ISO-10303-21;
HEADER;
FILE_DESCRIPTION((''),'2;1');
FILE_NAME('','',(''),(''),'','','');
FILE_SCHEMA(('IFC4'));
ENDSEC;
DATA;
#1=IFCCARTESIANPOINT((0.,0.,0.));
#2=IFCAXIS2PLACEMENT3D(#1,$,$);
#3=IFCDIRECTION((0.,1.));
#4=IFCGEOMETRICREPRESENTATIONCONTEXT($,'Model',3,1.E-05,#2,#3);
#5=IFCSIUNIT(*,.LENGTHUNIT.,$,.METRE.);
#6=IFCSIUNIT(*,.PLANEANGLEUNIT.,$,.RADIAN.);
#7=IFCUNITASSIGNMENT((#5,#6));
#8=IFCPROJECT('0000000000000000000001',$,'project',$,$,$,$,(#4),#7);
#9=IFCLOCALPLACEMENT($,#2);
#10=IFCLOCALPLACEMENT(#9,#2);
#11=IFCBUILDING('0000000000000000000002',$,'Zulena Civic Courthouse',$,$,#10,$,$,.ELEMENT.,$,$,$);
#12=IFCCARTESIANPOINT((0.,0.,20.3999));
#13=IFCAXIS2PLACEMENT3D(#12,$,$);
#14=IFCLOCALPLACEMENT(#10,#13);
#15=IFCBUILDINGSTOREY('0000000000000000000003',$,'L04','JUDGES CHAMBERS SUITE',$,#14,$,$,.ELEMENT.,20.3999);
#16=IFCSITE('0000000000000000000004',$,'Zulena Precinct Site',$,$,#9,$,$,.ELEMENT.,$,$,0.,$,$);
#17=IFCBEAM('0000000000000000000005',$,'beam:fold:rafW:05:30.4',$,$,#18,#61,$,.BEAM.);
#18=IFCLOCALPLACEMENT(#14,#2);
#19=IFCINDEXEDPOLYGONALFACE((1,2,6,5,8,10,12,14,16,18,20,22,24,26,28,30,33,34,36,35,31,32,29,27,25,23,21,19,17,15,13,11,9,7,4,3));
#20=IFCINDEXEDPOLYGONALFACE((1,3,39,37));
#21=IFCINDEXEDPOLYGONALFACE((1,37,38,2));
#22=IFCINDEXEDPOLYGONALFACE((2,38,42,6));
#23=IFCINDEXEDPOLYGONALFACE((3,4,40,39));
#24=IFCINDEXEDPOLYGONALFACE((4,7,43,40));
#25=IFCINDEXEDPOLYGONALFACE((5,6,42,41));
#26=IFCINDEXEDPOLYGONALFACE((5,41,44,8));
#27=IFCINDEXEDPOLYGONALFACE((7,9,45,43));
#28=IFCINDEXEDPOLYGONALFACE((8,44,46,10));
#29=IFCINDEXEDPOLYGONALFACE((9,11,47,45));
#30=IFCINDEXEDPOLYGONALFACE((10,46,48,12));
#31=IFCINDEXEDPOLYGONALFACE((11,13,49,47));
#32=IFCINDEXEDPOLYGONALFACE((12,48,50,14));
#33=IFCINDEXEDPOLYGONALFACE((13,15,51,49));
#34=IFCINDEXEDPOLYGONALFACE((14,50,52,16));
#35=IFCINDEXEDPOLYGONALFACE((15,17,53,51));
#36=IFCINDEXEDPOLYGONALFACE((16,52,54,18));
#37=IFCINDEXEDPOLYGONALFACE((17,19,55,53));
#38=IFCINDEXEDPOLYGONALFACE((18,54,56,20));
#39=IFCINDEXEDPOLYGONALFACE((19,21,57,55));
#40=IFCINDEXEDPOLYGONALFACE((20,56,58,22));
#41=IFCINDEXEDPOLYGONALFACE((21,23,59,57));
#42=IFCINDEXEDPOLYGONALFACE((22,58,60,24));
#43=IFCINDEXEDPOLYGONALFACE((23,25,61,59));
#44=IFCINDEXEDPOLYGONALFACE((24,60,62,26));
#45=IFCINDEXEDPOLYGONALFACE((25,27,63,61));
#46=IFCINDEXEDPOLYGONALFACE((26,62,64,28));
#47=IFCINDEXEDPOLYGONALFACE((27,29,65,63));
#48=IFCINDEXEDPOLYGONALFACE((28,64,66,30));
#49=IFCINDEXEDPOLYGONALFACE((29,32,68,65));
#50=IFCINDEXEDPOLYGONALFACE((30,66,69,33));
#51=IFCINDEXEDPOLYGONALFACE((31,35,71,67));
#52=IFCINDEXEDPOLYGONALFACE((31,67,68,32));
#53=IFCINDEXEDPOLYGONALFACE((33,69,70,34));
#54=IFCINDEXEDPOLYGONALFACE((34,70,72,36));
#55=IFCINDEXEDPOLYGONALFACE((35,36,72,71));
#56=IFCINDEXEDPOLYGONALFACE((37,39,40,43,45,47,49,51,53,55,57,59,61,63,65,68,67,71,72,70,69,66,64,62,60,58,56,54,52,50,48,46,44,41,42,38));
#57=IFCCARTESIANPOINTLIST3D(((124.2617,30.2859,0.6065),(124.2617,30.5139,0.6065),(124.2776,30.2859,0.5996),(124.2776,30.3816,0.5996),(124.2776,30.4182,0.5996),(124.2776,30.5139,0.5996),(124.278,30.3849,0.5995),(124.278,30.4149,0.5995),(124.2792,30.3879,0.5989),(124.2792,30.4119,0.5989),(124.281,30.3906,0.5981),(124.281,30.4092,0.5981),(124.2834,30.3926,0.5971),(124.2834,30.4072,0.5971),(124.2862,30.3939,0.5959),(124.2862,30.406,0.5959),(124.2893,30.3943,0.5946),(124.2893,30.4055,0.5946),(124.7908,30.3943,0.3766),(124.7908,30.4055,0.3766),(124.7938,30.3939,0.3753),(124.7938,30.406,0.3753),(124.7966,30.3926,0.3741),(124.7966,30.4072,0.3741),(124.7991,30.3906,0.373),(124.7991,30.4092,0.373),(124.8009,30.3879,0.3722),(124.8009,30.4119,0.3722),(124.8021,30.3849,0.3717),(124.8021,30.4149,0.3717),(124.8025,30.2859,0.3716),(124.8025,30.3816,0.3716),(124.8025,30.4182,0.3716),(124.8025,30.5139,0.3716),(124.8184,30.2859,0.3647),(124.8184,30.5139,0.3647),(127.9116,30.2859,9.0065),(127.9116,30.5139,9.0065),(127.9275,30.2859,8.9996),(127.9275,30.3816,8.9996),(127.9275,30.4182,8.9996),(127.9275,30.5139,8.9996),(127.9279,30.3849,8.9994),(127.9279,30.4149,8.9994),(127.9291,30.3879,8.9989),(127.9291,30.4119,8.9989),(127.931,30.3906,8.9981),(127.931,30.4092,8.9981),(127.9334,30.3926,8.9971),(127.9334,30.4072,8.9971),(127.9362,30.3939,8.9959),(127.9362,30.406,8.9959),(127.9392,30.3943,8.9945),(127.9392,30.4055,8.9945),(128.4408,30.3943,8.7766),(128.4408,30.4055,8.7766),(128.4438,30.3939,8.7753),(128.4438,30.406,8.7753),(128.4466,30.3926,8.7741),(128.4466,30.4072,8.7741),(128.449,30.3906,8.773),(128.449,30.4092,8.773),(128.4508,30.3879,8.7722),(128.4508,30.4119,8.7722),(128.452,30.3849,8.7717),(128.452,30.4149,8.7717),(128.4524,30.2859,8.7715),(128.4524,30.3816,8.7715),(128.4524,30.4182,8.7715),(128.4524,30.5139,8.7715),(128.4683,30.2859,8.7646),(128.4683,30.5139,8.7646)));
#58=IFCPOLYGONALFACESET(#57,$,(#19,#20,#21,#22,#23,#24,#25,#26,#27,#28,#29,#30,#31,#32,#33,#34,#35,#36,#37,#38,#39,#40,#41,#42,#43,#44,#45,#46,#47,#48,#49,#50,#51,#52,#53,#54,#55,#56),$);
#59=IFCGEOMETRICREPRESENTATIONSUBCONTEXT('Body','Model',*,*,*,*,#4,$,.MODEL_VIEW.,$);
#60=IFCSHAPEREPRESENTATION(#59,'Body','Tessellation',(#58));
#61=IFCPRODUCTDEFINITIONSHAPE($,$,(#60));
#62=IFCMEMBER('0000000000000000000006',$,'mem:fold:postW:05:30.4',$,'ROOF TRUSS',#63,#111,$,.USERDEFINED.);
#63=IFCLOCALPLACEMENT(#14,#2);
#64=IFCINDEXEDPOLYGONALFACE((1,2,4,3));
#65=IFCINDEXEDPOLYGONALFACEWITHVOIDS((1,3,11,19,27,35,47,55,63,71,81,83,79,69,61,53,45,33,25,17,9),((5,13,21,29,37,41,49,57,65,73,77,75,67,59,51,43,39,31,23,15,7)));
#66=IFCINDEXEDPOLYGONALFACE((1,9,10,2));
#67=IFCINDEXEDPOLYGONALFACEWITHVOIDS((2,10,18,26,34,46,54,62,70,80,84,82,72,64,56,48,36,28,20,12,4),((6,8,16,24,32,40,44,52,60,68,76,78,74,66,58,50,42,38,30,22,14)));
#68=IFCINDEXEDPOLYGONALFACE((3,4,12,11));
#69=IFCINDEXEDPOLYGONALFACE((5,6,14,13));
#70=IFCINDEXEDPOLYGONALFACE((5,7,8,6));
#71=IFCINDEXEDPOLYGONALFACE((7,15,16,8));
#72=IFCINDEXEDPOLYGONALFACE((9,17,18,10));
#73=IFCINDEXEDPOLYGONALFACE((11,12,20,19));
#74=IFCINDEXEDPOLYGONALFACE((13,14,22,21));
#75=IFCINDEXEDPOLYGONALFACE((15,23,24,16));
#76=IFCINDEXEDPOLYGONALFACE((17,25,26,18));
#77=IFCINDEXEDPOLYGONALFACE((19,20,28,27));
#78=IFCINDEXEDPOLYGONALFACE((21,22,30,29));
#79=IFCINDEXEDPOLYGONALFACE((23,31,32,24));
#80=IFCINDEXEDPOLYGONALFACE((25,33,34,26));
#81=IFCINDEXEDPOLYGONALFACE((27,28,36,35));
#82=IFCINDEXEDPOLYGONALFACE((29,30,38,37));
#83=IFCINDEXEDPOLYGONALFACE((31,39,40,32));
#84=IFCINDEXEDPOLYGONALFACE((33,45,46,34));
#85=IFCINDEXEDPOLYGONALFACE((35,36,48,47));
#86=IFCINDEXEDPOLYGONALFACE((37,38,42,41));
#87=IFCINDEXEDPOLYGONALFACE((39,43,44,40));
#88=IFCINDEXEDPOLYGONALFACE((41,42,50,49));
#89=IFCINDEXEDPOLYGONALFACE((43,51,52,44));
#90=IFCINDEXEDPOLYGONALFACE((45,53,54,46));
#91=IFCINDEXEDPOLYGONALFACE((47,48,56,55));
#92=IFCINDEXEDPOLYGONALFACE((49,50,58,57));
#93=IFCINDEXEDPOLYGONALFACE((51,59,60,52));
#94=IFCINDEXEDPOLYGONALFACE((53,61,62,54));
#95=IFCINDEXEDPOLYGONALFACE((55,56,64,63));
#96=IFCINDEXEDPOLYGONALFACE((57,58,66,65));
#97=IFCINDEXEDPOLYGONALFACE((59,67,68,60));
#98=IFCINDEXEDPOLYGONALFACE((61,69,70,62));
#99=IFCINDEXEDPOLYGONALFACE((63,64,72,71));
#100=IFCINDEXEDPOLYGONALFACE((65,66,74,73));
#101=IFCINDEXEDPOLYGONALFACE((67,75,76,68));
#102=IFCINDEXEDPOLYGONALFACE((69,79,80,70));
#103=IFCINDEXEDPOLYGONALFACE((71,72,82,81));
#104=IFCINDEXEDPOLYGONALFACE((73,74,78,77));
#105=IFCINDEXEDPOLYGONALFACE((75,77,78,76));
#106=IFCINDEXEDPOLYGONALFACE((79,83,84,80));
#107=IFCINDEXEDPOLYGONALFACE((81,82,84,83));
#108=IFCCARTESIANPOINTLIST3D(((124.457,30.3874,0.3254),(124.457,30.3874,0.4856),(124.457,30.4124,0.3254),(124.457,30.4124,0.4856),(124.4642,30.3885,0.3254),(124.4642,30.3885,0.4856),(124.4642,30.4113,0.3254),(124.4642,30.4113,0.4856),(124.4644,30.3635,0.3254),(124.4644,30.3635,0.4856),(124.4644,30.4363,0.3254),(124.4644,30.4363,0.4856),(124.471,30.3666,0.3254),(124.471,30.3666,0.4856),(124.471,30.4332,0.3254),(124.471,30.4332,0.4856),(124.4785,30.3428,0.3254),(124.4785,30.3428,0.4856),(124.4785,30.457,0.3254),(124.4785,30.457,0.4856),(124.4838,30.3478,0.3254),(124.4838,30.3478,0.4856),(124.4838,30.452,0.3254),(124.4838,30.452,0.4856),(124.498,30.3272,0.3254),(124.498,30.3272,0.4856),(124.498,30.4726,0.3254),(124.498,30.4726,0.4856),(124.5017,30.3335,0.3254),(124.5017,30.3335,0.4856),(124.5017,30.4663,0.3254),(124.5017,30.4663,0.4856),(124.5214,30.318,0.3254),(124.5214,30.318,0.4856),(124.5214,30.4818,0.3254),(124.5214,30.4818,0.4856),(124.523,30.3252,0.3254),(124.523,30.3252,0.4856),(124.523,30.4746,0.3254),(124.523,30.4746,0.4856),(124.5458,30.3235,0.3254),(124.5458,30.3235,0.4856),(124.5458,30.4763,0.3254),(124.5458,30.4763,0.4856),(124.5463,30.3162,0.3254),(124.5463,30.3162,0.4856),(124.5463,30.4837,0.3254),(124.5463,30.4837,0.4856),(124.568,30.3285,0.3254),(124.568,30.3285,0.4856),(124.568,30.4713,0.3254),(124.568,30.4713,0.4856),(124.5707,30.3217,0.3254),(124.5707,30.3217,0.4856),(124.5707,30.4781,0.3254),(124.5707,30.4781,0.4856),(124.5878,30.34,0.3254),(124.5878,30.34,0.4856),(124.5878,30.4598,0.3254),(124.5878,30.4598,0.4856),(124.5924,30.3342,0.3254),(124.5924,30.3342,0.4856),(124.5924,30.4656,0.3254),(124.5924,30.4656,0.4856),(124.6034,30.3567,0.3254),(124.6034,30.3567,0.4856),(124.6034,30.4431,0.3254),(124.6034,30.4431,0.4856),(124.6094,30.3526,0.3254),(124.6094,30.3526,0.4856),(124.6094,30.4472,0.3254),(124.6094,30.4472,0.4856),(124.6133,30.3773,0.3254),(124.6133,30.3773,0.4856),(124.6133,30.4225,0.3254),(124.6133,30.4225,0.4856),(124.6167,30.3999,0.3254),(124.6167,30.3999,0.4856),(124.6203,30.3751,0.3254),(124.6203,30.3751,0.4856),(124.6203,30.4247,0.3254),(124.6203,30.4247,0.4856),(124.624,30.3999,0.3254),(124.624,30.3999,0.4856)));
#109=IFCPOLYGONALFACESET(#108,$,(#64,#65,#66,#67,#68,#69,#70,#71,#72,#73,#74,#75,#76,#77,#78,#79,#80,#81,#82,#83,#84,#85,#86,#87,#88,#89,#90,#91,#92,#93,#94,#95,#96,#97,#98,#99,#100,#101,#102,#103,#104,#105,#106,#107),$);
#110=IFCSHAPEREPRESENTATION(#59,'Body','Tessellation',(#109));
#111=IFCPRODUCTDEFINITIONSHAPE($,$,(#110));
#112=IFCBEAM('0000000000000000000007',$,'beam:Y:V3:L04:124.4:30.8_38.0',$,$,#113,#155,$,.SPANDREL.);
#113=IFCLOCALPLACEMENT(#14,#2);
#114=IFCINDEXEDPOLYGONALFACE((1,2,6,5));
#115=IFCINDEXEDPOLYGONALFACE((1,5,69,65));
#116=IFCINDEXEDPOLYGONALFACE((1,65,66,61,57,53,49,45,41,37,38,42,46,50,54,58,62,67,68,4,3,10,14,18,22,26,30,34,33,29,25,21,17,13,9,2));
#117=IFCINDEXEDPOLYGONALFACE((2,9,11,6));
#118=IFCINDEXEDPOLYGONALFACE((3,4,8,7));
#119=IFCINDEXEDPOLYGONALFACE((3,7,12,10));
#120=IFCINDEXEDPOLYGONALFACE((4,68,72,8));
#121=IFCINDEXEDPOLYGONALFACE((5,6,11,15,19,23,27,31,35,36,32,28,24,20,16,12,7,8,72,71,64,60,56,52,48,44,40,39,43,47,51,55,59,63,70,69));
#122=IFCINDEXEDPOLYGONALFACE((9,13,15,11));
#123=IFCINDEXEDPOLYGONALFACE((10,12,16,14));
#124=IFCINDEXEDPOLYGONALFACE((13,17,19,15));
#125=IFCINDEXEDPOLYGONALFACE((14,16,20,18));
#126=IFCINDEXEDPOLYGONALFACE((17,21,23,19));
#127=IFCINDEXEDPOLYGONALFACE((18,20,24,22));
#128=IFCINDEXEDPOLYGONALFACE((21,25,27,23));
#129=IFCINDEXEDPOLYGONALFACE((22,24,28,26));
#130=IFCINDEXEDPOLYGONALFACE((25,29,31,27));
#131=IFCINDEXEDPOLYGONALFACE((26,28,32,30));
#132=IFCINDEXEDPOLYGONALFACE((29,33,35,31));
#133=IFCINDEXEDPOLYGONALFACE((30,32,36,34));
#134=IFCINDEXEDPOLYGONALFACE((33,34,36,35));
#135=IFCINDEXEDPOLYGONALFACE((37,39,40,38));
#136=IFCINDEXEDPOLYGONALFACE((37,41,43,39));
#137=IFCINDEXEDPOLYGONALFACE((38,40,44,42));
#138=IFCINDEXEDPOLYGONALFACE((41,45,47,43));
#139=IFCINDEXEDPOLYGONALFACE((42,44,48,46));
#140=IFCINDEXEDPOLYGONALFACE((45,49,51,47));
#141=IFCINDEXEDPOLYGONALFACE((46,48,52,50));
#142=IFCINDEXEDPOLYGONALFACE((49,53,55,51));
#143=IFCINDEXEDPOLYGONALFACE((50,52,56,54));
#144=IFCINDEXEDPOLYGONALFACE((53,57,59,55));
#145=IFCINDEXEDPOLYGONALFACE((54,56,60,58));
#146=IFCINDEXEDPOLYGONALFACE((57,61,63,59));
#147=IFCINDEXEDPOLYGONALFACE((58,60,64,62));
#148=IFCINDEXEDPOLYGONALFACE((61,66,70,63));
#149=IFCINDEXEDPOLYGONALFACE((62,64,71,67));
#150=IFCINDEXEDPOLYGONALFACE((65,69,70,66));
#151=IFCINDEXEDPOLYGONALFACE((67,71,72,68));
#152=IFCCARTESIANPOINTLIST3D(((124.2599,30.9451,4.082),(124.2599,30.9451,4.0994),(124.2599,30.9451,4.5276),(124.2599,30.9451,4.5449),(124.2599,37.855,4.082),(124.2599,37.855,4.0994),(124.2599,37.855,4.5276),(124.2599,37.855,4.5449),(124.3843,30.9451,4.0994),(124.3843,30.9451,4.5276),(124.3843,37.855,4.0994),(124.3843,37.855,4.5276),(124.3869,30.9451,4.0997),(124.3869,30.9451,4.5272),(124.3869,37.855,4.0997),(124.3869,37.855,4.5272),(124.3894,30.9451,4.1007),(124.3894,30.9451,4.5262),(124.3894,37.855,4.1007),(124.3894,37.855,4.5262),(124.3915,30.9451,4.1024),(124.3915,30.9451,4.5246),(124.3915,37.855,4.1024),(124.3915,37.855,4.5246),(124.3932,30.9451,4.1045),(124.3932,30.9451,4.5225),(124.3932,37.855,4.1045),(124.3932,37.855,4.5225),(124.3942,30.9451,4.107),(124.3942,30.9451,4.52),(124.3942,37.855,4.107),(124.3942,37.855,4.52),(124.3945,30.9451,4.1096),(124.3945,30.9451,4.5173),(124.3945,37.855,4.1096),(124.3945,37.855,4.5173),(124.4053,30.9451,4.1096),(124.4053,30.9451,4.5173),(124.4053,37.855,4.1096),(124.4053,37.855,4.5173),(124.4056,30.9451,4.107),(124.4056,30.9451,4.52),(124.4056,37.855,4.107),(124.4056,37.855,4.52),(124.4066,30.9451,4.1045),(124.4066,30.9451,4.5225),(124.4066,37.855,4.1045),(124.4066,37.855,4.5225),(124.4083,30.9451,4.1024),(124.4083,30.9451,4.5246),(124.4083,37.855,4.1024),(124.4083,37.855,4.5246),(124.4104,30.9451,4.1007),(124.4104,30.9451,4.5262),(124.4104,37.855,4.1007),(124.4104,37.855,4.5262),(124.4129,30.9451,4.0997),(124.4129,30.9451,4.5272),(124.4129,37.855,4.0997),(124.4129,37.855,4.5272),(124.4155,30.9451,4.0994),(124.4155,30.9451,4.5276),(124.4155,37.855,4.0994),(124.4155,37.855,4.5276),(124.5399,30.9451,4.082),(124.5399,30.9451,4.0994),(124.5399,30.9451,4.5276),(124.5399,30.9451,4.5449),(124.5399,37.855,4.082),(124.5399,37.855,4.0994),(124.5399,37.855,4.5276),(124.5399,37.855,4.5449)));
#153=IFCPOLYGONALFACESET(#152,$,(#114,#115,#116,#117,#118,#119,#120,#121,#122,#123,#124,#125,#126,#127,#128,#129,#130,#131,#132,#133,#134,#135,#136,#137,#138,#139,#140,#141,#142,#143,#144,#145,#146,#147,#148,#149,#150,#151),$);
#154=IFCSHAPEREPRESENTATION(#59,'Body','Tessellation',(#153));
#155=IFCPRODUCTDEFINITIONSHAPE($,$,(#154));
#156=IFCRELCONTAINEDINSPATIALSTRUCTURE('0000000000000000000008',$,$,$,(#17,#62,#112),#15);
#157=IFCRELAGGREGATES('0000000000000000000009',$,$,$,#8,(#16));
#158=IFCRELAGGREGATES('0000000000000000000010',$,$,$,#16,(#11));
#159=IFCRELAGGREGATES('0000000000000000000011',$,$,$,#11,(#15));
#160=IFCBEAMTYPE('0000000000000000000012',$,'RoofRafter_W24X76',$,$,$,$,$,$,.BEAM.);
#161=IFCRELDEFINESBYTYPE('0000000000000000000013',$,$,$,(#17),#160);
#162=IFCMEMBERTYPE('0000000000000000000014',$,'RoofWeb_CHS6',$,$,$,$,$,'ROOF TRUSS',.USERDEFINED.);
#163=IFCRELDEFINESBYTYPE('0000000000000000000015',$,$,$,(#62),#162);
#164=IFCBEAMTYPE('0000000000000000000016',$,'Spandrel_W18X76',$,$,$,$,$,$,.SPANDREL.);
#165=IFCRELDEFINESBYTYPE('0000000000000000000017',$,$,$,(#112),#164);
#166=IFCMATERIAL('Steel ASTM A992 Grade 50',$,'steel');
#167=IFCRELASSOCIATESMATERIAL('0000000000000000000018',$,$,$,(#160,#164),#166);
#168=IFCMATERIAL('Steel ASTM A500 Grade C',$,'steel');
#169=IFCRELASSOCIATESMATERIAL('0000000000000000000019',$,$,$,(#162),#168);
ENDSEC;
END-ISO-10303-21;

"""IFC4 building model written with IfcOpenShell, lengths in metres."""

from ifc_helpers import new_model, si_unit, direction, frame, origin, origin_2d, place, context, subcontext, project, spatial, hollow_circle, i_section, extrude, material, material_profile, profile_set, type_object, element, save


model = new_model("IFC4")

# Units and contexts
model_context = context("Model", 3, precision=1e-05, world=origin(), true_north=direction((0.0, 1.0)))
body_context = subcontext(model_context, "Body", "Model", "MODEL_VIEW")
ifc_project = project(units=[si_unit("LENGTHUNIT", "METRE"), si_unit("PLANEANGLEUNIT", "RADIAN")], contexts=[model_context])

# Site, building, storey
site_placement = place(None, origin())
site = spatial("IfcSite", under=ifc_project, at=site_placement, Name="Zulena Precinct Site", CompositionType="ELEMENT", RefElevation=0.0)
building_placement = place(site_placement, origin())
building = spatial("IfcBuilding", under=site, at=building_placement, Name="Zulena Civic Courthouse", CompositionType="ELEMENT")
storey_placement = place(building_placement, frame((0.0, 0.0, 20.3999)))
storey = spatial("IfcBuildingStorey", under=building, at=storey_placement, Name="L04", Description="JUDGES CHAMBERS SUITE", CompositionType="ELEMENT", Elevation=20.3999)

# Shared definitions
ifc_material_1 = material(Name="Steel ASTM A992 Grade 50", Category="steel")

# Beam
ifc_material_profile_1 = material_profile(ifc_material_1, i_section(OverallWidth=0.228, OverallDepth=0.6069, WebThickness=0.0112, FlangeThickness=0.0173, FilletRadius=0.0127, at=origin_2d()), Name="W24X76")
ifc_profile_set_1 = profile_set([ifc_material_profile_1], Name="Steel ASTM A992 Grade 50")
beam_type_1 = type_object("IfcBeamType", Name="RoofRafter_W24X76", PredefinedType="BEAM", material=ifc_profile_set_1)
beam_1_placement = place(storey_placement, frame((124.54, 30.3999, 0.4856), z_axis=(0.398521, 0.0, 0.917159), x_axis=(0.0, 1.0, 0.0)))
element("IfcBeam", 1, at=beam_1_placement, inside=storey, type_object=beam_type_1, Name="beam:fold:rafW:05:30.4", PredefinedType="BEAM", context=body_context, shape_type="SweptSolid", body=[
    extrude(i_section(OverallWidth=0.228, OverallDepth=0.6069, WebThickness=0.0112, FlangeThickness=0.0173, FilletRadius=0.0127, at=origin_2d()), origin(), (0.0, 0.0, 1.0), 9.1587),
])

# Member
ifc_material_2 = material(Name="Steel ASTM A500 Grade C", Category="steel")
ifc_material_profile_2 = material_profile(ifc_material_2, hollow_circle(Radius=0.084, WallThickness=0.0073, at=origin_2d()), Name="HSS6.625X0.312")
ifc_profile_set_2 = profile_set([ifc_material_profile_2], Name="Steel ASTM A500 Grade C")
member_type_1 = type_object("IfcMemberType", Name="RoofWeb_CHS6", ElementType="ROOF TRUSS", PredefinedType="USERDEFINED", material=ifc_profile_set_2)
member_1_placement = place(storey_placement, frame((124.54, 30.3999, 0.3254), z_axis=(0.0, 0.0, 1.0), x_axis=(1.0, 0.0, 0.0)))
element("IfcMember", 2, at=member_1_placement, inside=storey, type_object=member_type_1, Name="mem:fold:postW:05:30.4", ObjectType="ROOF TRUSS", PredefinedType="USERDEFINED", context=body_context, shape_type="SweptSolid", body=[
    extrude(hollow_circle(Radius=0.084, WallThickness=0.0073, at=origin_2d()), origin(), (0.0, 0.0, 1.0), 0.1602),
])

# Beam
ifc_material_profile_3 = material_profile(ifc_material_1, i_section(OverallWidth=0.28, OverallDepth=0.4629, WebThickness=0.0107, FlangeThickness=0.0173, FilletRadius=0.0103, at=origin_2d()), Name="W18X76")
ifc_profile_set_3 = profile_set([ifc_material_profile_3], Name="Steel ASTM A992 Grade 50")
beam_type_2 = type_object("IfcBeamType", Name="Spandrel_W18X76", PredefinedType="SPANDREL", material=ifc_profile_set_3)
beam_2_placement = place(storey_placement, frame((124.3999, 30.9451, 4.3135), z_axis=(0.0, 1.0, 0.0), x_axis=(-1.0, 0.0, 0.0)))
element("IfcBeam", 3, at=beam_2_placement, inside=storey, type_object=beam_type_2, Name="beam:Y:V3:L04:124.4:30.8_38.0", PredefinedType="SPANDREL", context=body_context, shape_type="SweptSolid", body=[
    extrude(i_section(OverallWidth=0.28, OverallDepth=0.4629, WebThickness=0.0107, FlangeThickness=0.0173, FilletRadius=0.0103, at=origin_2d()), origin(), (0.0, 0.0, 1.0), 6.9099),
])

save(model, "model.ifc")
